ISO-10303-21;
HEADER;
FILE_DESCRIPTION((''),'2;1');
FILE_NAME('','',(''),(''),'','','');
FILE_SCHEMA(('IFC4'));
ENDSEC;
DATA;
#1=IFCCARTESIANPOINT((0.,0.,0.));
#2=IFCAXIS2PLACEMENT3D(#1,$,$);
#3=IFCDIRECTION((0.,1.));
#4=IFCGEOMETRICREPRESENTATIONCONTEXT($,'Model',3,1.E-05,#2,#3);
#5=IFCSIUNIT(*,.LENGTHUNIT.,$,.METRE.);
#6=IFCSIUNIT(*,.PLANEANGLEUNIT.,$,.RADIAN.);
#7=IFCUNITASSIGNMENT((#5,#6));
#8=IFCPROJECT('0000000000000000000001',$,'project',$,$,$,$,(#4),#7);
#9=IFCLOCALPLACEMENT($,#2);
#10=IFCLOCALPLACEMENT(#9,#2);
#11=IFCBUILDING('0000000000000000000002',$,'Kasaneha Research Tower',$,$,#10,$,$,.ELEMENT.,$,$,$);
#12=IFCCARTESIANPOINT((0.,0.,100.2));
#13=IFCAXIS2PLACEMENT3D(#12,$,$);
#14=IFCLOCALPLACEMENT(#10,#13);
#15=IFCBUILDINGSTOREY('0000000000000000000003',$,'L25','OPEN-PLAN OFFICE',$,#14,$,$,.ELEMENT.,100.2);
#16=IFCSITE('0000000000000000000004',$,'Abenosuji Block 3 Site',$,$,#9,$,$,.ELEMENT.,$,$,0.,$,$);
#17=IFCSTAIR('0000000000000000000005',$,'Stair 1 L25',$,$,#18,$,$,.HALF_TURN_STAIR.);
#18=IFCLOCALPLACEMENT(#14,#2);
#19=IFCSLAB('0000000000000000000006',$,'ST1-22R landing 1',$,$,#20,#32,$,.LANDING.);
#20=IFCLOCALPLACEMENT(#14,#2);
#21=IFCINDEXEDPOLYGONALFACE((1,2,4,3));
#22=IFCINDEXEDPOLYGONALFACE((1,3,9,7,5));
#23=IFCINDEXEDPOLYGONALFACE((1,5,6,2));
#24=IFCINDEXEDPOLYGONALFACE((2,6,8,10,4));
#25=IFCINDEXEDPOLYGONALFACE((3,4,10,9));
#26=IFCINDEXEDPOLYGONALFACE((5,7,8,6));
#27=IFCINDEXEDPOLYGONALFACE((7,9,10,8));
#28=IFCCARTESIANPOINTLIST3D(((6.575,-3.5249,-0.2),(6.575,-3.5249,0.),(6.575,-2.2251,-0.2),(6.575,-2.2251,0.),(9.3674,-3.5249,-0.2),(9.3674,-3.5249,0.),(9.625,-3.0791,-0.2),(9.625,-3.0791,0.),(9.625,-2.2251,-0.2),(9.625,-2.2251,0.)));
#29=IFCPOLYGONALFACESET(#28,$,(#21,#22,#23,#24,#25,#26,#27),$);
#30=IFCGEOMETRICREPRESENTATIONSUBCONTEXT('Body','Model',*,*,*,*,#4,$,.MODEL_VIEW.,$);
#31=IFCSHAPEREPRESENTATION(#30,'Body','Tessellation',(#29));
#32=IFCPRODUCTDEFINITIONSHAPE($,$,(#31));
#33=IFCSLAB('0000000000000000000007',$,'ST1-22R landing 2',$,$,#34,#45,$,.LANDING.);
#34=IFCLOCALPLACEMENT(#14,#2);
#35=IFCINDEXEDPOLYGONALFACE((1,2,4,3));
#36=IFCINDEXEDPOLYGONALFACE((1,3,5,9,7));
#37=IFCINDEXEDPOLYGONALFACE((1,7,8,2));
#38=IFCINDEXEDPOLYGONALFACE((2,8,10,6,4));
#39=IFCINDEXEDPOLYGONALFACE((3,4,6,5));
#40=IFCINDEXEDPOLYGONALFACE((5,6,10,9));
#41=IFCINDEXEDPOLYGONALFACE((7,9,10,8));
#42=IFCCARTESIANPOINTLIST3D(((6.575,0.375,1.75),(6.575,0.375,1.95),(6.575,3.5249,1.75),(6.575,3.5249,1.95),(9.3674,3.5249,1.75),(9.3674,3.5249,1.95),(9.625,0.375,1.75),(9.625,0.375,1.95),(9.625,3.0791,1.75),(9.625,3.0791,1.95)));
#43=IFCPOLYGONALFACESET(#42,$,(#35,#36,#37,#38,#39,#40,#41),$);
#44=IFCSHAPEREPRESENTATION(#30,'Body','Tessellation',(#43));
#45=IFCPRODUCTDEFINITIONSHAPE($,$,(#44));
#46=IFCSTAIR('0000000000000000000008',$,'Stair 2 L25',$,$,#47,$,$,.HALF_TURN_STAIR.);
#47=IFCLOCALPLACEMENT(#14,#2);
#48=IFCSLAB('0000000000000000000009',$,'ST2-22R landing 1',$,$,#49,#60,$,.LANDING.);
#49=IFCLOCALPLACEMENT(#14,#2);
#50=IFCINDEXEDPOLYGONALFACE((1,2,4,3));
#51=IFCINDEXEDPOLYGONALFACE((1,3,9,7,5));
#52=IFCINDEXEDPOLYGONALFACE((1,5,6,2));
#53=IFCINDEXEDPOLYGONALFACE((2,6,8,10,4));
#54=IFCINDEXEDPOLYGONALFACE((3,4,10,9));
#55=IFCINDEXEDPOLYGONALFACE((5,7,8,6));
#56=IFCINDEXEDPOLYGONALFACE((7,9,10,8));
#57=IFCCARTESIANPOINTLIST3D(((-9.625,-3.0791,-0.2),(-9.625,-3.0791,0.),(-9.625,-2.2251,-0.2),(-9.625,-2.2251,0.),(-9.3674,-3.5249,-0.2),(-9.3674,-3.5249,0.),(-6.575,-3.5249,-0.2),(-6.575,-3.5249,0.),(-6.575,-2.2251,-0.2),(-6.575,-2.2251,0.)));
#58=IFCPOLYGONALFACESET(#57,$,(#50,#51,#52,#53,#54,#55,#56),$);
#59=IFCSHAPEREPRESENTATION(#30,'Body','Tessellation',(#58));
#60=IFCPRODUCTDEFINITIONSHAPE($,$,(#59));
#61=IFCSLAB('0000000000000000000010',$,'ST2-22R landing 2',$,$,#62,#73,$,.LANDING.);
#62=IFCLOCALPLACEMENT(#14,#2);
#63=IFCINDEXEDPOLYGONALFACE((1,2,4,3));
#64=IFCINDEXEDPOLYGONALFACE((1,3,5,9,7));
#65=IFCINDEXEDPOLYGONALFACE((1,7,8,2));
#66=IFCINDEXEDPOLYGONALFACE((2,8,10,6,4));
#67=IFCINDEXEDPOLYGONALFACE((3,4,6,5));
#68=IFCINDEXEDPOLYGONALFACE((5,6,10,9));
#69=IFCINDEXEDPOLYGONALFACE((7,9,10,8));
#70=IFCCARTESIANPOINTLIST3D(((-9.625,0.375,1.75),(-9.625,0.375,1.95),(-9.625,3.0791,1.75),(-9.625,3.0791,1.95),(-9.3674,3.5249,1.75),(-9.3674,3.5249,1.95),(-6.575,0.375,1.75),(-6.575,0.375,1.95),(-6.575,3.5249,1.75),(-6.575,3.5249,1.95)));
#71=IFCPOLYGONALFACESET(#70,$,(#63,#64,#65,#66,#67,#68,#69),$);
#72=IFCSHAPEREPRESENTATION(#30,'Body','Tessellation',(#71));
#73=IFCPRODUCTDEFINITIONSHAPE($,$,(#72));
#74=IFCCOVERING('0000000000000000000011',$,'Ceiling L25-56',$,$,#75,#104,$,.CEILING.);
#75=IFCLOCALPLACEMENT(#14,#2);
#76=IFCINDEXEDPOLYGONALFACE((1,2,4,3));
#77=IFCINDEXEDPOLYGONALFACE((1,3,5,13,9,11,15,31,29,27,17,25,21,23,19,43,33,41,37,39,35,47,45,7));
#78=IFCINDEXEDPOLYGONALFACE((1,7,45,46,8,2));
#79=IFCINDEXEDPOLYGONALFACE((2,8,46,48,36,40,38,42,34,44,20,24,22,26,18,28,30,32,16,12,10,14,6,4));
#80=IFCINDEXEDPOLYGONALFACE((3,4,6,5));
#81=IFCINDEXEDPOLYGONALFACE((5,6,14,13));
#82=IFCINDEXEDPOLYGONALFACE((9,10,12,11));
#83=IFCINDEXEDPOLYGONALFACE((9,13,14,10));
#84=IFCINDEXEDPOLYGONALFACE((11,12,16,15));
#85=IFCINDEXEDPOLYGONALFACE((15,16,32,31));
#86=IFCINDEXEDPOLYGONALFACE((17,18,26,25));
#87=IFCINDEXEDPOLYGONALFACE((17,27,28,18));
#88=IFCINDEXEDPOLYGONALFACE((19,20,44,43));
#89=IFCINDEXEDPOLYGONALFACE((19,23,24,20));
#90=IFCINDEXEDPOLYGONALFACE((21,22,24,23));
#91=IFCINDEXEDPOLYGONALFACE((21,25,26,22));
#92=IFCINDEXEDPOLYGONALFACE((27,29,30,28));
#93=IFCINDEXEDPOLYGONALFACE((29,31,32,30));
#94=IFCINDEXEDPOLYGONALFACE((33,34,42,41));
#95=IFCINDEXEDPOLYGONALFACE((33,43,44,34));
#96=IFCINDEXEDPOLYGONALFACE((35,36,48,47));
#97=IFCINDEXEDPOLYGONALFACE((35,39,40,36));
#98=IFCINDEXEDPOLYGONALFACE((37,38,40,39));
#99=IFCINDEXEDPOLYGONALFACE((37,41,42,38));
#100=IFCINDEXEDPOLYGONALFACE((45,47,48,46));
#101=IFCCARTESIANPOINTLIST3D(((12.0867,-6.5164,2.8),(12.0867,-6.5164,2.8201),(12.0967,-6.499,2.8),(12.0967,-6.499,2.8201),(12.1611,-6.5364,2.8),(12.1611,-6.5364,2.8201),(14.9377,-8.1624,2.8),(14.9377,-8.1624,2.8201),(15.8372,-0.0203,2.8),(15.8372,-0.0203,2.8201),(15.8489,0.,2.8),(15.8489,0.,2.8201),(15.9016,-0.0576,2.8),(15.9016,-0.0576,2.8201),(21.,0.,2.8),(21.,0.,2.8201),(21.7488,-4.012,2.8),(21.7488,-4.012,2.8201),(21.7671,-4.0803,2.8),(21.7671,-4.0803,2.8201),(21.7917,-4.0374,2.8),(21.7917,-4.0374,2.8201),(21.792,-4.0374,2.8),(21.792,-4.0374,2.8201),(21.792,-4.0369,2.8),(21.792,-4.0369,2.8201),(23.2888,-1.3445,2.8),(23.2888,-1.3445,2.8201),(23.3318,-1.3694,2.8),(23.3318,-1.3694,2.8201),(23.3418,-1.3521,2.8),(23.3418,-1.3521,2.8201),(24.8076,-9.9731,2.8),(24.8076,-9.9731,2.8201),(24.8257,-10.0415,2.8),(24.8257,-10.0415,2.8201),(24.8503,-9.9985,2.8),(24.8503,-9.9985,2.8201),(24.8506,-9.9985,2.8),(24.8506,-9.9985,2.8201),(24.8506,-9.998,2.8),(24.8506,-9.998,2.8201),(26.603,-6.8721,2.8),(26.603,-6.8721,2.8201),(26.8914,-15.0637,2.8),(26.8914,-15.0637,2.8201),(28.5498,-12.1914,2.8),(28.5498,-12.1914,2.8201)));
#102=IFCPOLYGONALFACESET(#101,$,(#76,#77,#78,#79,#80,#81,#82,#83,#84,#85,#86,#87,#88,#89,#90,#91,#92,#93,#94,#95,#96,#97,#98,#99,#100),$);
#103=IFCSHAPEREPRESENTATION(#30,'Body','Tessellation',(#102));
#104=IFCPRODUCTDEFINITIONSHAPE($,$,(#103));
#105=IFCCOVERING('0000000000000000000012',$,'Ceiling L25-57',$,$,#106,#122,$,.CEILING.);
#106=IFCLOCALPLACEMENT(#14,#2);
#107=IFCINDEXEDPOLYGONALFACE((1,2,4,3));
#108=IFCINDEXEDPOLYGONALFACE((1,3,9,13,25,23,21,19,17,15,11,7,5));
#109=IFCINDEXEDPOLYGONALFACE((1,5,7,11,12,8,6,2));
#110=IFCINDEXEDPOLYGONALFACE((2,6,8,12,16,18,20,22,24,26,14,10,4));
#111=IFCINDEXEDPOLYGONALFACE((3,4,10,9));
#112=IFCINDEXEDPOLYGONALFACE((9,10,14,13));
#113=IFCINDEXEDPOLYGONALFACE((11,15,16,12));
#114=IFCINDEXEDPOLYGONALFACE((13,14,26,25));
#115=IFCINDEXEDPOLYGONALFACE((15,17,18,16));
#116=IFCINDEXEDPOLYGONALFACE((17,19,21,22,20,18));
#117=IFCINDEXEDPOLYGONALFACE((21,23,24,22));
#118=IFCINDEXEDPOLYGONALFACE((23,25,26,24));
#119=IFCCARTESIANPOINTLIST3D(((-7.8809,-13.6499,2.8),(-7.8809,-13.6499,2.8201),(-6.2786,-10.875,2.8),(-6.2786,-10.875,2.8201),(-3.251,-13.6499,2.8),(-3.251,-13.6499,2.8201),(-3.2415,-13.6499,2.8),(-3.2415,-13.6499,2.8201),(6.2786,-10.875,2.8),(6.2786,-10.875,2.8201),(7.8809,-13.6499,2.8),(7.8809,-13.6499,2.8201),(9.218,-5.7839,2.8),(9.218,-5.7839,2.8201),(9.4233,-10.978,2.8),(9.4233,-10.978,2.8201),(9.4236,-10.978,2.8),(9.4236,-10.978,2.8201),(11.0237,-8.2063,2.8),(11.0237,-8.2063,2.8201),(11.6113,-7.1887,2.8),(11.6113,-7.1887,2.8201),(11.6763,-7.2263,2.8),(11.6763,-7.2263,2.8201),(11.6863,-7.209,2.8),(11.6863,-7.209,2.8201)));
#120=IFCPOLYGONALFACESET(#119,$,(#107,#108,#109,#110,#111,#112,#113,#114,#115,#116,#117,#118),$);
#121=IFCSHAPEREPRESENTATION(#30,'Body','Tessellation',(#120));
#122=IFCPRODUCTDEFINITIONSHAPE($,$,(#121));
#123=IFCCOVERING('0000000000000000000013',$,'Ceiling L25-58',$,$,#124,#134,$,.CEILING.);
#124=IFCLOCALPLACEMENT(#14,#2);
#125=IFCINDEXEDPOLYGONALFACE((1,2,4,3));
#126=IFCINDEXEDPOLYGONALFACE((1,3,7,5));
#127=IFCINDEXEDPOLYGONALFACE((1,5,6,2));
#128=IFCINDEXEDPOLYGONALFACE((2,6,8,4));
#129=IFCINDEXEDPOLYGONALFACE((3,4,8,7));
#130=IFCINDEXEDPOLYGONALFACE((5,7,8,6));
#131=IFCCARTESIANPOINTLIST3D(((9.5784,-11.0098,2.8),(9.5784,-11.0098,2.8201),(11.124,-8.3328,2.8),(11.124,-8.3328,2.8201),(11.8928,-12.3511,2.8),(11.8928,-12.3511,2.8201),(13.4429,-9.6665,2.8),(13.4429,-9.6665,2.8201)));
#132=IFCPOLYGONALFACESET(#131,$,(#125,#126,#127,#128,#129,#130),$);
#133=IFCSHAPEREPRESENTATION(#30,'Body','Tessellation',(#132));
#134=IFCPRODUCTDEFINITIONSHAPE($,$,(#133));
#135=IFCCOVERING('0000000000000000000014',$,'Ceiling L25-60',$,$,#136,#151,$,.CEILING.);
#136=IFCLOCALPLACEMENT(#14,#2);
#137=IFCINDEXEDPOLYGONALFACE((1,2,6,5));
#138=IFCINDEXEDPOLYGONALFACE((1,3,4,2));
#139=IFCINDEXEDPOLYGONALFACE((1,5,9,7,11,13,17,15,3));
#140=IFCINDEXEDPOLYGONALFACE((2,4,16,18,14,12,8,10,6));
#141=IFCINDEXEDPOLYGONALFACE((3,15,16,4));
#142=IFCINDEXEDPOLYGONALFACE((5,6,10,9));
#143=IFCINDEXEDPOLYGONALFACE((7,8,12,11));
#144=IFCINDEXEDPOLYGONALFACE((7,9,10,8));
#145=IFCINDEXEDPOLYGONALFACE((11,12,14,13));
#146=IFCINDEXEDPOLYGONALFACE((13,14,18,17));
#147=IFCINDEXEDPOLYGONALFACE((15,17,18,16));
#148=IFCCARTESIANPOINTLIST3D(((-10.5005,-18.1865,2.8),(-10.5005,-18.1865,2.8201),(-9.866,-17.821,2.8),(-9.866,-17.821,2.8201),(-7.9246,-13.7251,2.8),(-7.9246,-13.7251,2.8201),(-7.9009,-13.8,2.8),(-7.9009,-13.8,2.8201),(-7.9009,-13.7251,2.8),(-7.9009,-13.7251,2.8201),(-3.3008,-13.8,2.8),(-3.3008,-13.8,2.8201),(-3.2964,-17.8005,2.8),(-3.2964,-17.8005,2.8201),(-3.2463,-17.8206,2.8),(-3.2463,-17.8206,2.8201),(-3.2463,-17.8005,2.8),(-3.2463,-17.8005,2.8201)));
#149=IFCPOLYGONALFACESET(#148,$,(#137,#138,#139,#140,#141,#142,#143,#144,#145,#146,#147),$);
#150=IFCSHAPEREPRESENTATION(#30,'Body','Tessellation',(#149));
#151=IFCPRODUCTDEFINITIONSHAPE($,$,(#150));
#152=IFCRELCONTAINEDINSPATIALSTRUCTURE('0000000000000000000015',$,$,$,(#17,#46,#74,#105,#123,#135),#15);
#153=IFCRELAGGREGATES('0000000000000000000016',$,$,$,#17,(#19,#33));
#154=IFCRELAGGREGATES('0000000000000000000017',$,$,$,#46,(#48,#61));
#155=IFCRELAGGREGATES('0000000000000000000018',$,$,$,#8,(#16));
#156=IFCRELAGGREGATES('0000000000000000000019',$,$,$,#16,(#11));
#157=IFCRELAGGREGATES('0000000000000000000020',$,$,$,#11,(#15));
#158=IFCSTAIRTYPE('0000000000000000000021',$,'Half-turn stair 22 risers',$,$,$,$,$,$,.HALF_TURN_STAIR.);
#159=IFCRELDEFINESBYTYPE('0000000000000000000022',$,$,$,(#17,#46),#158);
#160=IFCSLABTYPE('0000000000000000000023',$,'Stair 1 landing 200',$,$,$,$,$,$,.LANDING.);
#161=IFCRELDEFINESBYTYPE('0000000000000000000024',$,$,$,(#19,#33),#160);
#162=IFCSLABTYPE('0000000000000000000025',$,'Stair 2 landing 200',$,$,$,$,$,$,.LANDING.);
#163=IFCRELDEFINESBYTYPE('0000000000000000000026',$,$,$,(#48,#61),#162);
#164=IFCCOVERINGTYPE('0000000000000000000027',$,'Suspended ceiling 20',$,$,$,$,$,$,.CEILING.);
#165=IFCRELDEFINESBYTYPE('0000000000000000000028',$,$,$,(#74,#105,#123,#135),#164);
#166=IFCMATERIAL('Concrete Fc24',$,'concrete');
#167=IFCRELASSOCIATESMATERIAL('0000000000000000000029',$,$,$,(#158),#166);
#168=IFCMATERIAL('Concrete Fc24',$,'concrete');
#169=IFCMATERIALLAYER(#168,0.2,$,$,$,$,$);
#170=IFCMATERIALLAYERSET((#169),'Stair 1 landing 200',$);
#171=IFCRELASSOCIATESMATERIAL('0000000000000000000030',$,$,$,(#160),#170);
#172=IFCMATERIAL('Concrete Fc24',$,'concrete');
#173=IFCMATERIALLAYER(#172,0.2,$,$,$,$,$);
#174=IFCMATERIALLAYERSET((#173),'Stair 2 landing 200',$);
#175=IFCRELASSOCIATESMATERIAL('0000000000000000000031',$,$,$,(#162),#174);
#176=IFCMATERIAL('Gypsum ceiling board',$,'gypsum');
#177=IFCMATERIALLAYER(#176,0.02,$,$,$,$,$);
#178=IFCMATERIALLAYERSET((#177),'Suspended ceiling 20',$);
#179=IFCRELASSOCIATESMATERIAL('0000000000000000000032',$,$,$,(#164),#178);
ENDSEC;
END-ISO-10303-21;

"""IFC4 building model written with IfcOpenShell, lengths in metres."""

from ifc_helpers import new_model, si_unit, direction, frame, origin, place, context, subcontext, project, spatial, polyline, outline, extrude, material, layer, layer_set, type_object, element, aggregate, save


model = new_model("IFC4")

# Units and contexts
model_context = context("Model", 3, precision=1e-05, world=origin(), true_north=direction((0.0, 1.0)))
body_context = subcontext(model_context, "Body", "Model", "MODEL_VIEW")
ifc_project = project(units=[si_unit("LENGTHUNIT", "METRE"), si_unit("PLANEANGLEUNIT", "RADIAN")], contexts=[model_context])

# Site, building, storey
site_placement = place(None, origin())
site = spatial("IfcSite", under=ifc_project, at=site_placement, Name="Abenosuji Block 3 Site", CompositionType="ELEMENT", RefElevation=0.0)
building_placement = place(site_placement, origin())
building = spatial("IfcBuilding", under=site, at=building_placement, Name="Kasaneha Research Tower", CompositionType="ELEMENT")
storey_placement = place(building_placement, frame((0.0, 0.0, 100.2)))
storey = spatial("IfcBuildingStorey", under=building, at=storey_placement, Name="L25", Description="OPEN-PLAN OFFICE", CompositionType="ELEMENT", Elevation=100.2)

# Stairs, slabs
ifc_material_1 = material(Name="Concrete Fc24", Category="concrete")
stair_type = type_object("IfcStairType", Name="Half-turn stair 22 risers", PredefinedType="HALF_TURN_STAIR", material=ifc_material_1)
stair_1_placement = place(storey_placement, origin())
stair_1 = element("IfcStair", 1, at=stair_1_placement, inside=storey, type_object=stair_type, Name="Stair 1 L25", PredefinedType="HALF_TURN_STAIR")
ifc_material_2 = material(Name="Concrete Fc24", Category="concrete")
ifc_layer_1 = layer(ifc_material_2, 0.2)
ifc_layer_set_1 = layer_set([ifc_layer_1], Name="Stair 1 landing 200")
slab_type_1 = type_object("IfcSlabType", Name="Stair 1 landing 200", PredefinedType="LANDING", material=ifc_layer_set_1)
slab_1_placement = place(storey_placement, frame((0.0, 0.0, -0.2)))
slab_1 = element("IfcSlab", 2, at=slab_1_placement, type_object=slab_type_1, Name="ST1-22R landing 1", PredefinedType="LANDING", context=body_context, shape_type="SweptSolid", body=[
    extrude(outline(polyline([(9.3674, -3.5249), (6.575, -3.5249), (6.575, -2.2251), (9.625, -2.2251), (9.625, -3.0791), (9.3674, -3.5249)])), origin(), (0.0, 0.0, 1.0), 0.2),
])
slab_2_placement = place(storey_placement, frame((0.0, 0.0, 1.75)))
slab_2 = element("IfcSlab", 3, at=slab_2_placement, type_object=slab_type_1, Name="ST1-22R landing 2", PredefinedType="LANDING", context=body_context, shape_type="SweptSolid", body=[
    extrude(outline(polyline([(6.575, 3.5249), (9.3674, 3.5249), (9.625, 3.0791), (9.625, 0.375), (6.575, 0.375), (6.575, 3.5249)])), origin(), (0.0, 0.0, 1.0), 0.2),
])
aggregate(stair_1, [slab_1, slab_2])
stair_2_placement = place(storey_placement, origin())
stair_2 = element("IfcStair", 4, at=stair_2_placement, inside=storey, type_object=stair_type, Name="Stair 2 L25", PredefinedType="HALF_TURN_STAIR")
ifc_material_3 = material(Name="Concrete Fc24", Category="concrete")
ifc_layer_2 = layer(ifc_material_3, 0.2)
ifc_layer_set_2 = layer_set([ifc_layer_2], Name="Stair 2 landing 200")
slab_type_2 = type_object("IfcSlabType", Name="Stair 2 landing 200", PredefinedType="LANDING", material=ifc_layer_set_2)
slab_3_placement = place(storey_placement, frame((0.0, 0.0, -0.2)))
slab_3 = element("IfcSlab", 5, at=slab_3_placement, type_object=slab_type_2, Name="ST2-22R landing 1", PredefinedType="LANDING", context=body_context, shape_type="SweptSolid", body=[
    extrude(outline(polyline([(-6.575, -3.5249), (-9.3674, -3.5249), (-9.625, -3.0791), (-9.625, -2.2251), (-6.575, -2.2251), (-6.575, -3.5249)])), origin(), (0.0, 0.0, 1.0), 0.2),
])
slab_4_placement = place(storey_placement, frame((0.0, 0.0, 1.75)))
slab_4 = element("IfcSlab", 6, at=slab_4_placement, type_object=slab_type_2, Name="ST2-22R landing 2", PredefinedType="LANDING", context=body_context, shape_type="SweptSolid", body=[
    extrude(outline(polyline([(-6.575, 0.375), (-9.625, 0.375), (-9.625, 3.0791), (-9.3674, 3.5249), (-6.575, 3.5249), (-6.575, 0.375)])), origin(), (0.0, 0.0, 1.0), 0.2),
])
aggregate(stair_2, [slab_3, slab_4])

# Coverings
ifc_material_4 = material(Name="Gypsum ceiling board", Category="gypsum")
ifc_layer_3 = layer(ifc_material_4, 0.02)
ifc_layer_set_3 = layer_set([ifc_layer_3], Name="Suspended ceiling 20")
covering_type_1 = type_object("IfcCoveringType", Name="Suspended ceiling 20", PredefinedType="CEILING", material=ifc_layer_set_3)
covering_1_placement = place(storey_placement, frame((0.0, 0.0, 2.8)))
element("IfcCovering", 7, at=covering_1_placement, inside=storey, type_object=covering_type_1, Name="Ceiling L25-56", PredefinedType="CEILING", context=body_context, shape_type="SweptSolid", body=[
    extrude(outline(polyline([(21.0, 0.0), (23.3418, -1.3521), (23.3318, -1.3694), (23.2888, -1.3445), (21.7488, -4.012), (21.792, -4.0369), (21.7917, -4.0374), (21.792, -4.0374), (21.7671, -4.0803), (26.603, -6.8721), (24.8076, -9.9731), (24.8506, -9.998), (24.8503, -9.9985), (24.8506, -9.9985), (24.8257, -10.0415), (28.5498, -12.1914), (26.8914, -15.0637), (14.9377, -8.1624), (12.0867, -6.5164), (12.0967, -6.499), (12.1611, -6.5364), (15.9016, -0.0576), (15.8372, -0.0203), (15.8489, 0.0), (21.0, 0.0)])), origin(), (0.0, 0.0, 1.0), 0.02),
])
covering_2_placement = place(storey_placement, frame((0.0, 0.0, 2.8)))
element("IfcCovering", 8, at=covering_2_placement, inside=storey, type_object=covering_type_1, Name="Ceiling L25-57", PredefinedType="CEILING", context=body_context, shape_type="SweptSolid", body=[
    extrude(outline(polyline([(-6.2786, -10.875), (6.2786, -10.875), (9.218, -5.7839), (11.6863, -7.209), (11.6763, -7.2263), (11.6113, -7.1887), (11.0237, -8.2063), (11.0237, -8.2063), (9.4236, -10.978), (9.4233, -10.978), (7.8809, -13.6499), (-3.2415, -13.6499), (-3.251, -13.6499), (-7.8809, -13.6499), (-6.2786, -10.875)])), origin(), (0.0, 0.0, 1.0), 0.02),
])
covering_3_placement = place(storey_placement, frame((0.0, 0.0, 2.8)))
element("IfcCovering", 9, at=covering_3_placement, inside=storey, type_object=covering_type_1, Name="Ceiling L25-58", PredefinedType="CEILING", context=body_context, shape_type="SweptSolid", body=[
    extrude(outline(polyline([(11.8928, -12.3511), (9.5784, -11.0098), (11.124, -8.3328), (13.4429, -9.6665), (11.8928, -12.3511)])), origin(), (0.0, 0.0, 1.0), 0.02),
])
covering_4_placement = place(storey_placement, frame((0.0, 0.0, 2.8)))
element("IfcCovering", 10, at=covering_4_placement, inside=storey, type_object=covering_type_1, Name="Ceiling L25-60", PredefinedType="CEILING", context=body_context, shape_type="SweptSolid", body=[
    extrude(outline(polyline([(-10.5005, -18.1865), (-7.9246, -13.7251), (-7.9009, -13.7251), (-7.9009, -13.8), (-3.3008, -13.8), (-3.2964, -17.8005), (-3.2463, -17.8005), (-3.2463, -17.8206), (-9.866, -17.821), (-10.5005, -18.1865)])), origin(), (0.0, 0.0, 1.0), 0.02),
])

save(model, "model.ifc")
